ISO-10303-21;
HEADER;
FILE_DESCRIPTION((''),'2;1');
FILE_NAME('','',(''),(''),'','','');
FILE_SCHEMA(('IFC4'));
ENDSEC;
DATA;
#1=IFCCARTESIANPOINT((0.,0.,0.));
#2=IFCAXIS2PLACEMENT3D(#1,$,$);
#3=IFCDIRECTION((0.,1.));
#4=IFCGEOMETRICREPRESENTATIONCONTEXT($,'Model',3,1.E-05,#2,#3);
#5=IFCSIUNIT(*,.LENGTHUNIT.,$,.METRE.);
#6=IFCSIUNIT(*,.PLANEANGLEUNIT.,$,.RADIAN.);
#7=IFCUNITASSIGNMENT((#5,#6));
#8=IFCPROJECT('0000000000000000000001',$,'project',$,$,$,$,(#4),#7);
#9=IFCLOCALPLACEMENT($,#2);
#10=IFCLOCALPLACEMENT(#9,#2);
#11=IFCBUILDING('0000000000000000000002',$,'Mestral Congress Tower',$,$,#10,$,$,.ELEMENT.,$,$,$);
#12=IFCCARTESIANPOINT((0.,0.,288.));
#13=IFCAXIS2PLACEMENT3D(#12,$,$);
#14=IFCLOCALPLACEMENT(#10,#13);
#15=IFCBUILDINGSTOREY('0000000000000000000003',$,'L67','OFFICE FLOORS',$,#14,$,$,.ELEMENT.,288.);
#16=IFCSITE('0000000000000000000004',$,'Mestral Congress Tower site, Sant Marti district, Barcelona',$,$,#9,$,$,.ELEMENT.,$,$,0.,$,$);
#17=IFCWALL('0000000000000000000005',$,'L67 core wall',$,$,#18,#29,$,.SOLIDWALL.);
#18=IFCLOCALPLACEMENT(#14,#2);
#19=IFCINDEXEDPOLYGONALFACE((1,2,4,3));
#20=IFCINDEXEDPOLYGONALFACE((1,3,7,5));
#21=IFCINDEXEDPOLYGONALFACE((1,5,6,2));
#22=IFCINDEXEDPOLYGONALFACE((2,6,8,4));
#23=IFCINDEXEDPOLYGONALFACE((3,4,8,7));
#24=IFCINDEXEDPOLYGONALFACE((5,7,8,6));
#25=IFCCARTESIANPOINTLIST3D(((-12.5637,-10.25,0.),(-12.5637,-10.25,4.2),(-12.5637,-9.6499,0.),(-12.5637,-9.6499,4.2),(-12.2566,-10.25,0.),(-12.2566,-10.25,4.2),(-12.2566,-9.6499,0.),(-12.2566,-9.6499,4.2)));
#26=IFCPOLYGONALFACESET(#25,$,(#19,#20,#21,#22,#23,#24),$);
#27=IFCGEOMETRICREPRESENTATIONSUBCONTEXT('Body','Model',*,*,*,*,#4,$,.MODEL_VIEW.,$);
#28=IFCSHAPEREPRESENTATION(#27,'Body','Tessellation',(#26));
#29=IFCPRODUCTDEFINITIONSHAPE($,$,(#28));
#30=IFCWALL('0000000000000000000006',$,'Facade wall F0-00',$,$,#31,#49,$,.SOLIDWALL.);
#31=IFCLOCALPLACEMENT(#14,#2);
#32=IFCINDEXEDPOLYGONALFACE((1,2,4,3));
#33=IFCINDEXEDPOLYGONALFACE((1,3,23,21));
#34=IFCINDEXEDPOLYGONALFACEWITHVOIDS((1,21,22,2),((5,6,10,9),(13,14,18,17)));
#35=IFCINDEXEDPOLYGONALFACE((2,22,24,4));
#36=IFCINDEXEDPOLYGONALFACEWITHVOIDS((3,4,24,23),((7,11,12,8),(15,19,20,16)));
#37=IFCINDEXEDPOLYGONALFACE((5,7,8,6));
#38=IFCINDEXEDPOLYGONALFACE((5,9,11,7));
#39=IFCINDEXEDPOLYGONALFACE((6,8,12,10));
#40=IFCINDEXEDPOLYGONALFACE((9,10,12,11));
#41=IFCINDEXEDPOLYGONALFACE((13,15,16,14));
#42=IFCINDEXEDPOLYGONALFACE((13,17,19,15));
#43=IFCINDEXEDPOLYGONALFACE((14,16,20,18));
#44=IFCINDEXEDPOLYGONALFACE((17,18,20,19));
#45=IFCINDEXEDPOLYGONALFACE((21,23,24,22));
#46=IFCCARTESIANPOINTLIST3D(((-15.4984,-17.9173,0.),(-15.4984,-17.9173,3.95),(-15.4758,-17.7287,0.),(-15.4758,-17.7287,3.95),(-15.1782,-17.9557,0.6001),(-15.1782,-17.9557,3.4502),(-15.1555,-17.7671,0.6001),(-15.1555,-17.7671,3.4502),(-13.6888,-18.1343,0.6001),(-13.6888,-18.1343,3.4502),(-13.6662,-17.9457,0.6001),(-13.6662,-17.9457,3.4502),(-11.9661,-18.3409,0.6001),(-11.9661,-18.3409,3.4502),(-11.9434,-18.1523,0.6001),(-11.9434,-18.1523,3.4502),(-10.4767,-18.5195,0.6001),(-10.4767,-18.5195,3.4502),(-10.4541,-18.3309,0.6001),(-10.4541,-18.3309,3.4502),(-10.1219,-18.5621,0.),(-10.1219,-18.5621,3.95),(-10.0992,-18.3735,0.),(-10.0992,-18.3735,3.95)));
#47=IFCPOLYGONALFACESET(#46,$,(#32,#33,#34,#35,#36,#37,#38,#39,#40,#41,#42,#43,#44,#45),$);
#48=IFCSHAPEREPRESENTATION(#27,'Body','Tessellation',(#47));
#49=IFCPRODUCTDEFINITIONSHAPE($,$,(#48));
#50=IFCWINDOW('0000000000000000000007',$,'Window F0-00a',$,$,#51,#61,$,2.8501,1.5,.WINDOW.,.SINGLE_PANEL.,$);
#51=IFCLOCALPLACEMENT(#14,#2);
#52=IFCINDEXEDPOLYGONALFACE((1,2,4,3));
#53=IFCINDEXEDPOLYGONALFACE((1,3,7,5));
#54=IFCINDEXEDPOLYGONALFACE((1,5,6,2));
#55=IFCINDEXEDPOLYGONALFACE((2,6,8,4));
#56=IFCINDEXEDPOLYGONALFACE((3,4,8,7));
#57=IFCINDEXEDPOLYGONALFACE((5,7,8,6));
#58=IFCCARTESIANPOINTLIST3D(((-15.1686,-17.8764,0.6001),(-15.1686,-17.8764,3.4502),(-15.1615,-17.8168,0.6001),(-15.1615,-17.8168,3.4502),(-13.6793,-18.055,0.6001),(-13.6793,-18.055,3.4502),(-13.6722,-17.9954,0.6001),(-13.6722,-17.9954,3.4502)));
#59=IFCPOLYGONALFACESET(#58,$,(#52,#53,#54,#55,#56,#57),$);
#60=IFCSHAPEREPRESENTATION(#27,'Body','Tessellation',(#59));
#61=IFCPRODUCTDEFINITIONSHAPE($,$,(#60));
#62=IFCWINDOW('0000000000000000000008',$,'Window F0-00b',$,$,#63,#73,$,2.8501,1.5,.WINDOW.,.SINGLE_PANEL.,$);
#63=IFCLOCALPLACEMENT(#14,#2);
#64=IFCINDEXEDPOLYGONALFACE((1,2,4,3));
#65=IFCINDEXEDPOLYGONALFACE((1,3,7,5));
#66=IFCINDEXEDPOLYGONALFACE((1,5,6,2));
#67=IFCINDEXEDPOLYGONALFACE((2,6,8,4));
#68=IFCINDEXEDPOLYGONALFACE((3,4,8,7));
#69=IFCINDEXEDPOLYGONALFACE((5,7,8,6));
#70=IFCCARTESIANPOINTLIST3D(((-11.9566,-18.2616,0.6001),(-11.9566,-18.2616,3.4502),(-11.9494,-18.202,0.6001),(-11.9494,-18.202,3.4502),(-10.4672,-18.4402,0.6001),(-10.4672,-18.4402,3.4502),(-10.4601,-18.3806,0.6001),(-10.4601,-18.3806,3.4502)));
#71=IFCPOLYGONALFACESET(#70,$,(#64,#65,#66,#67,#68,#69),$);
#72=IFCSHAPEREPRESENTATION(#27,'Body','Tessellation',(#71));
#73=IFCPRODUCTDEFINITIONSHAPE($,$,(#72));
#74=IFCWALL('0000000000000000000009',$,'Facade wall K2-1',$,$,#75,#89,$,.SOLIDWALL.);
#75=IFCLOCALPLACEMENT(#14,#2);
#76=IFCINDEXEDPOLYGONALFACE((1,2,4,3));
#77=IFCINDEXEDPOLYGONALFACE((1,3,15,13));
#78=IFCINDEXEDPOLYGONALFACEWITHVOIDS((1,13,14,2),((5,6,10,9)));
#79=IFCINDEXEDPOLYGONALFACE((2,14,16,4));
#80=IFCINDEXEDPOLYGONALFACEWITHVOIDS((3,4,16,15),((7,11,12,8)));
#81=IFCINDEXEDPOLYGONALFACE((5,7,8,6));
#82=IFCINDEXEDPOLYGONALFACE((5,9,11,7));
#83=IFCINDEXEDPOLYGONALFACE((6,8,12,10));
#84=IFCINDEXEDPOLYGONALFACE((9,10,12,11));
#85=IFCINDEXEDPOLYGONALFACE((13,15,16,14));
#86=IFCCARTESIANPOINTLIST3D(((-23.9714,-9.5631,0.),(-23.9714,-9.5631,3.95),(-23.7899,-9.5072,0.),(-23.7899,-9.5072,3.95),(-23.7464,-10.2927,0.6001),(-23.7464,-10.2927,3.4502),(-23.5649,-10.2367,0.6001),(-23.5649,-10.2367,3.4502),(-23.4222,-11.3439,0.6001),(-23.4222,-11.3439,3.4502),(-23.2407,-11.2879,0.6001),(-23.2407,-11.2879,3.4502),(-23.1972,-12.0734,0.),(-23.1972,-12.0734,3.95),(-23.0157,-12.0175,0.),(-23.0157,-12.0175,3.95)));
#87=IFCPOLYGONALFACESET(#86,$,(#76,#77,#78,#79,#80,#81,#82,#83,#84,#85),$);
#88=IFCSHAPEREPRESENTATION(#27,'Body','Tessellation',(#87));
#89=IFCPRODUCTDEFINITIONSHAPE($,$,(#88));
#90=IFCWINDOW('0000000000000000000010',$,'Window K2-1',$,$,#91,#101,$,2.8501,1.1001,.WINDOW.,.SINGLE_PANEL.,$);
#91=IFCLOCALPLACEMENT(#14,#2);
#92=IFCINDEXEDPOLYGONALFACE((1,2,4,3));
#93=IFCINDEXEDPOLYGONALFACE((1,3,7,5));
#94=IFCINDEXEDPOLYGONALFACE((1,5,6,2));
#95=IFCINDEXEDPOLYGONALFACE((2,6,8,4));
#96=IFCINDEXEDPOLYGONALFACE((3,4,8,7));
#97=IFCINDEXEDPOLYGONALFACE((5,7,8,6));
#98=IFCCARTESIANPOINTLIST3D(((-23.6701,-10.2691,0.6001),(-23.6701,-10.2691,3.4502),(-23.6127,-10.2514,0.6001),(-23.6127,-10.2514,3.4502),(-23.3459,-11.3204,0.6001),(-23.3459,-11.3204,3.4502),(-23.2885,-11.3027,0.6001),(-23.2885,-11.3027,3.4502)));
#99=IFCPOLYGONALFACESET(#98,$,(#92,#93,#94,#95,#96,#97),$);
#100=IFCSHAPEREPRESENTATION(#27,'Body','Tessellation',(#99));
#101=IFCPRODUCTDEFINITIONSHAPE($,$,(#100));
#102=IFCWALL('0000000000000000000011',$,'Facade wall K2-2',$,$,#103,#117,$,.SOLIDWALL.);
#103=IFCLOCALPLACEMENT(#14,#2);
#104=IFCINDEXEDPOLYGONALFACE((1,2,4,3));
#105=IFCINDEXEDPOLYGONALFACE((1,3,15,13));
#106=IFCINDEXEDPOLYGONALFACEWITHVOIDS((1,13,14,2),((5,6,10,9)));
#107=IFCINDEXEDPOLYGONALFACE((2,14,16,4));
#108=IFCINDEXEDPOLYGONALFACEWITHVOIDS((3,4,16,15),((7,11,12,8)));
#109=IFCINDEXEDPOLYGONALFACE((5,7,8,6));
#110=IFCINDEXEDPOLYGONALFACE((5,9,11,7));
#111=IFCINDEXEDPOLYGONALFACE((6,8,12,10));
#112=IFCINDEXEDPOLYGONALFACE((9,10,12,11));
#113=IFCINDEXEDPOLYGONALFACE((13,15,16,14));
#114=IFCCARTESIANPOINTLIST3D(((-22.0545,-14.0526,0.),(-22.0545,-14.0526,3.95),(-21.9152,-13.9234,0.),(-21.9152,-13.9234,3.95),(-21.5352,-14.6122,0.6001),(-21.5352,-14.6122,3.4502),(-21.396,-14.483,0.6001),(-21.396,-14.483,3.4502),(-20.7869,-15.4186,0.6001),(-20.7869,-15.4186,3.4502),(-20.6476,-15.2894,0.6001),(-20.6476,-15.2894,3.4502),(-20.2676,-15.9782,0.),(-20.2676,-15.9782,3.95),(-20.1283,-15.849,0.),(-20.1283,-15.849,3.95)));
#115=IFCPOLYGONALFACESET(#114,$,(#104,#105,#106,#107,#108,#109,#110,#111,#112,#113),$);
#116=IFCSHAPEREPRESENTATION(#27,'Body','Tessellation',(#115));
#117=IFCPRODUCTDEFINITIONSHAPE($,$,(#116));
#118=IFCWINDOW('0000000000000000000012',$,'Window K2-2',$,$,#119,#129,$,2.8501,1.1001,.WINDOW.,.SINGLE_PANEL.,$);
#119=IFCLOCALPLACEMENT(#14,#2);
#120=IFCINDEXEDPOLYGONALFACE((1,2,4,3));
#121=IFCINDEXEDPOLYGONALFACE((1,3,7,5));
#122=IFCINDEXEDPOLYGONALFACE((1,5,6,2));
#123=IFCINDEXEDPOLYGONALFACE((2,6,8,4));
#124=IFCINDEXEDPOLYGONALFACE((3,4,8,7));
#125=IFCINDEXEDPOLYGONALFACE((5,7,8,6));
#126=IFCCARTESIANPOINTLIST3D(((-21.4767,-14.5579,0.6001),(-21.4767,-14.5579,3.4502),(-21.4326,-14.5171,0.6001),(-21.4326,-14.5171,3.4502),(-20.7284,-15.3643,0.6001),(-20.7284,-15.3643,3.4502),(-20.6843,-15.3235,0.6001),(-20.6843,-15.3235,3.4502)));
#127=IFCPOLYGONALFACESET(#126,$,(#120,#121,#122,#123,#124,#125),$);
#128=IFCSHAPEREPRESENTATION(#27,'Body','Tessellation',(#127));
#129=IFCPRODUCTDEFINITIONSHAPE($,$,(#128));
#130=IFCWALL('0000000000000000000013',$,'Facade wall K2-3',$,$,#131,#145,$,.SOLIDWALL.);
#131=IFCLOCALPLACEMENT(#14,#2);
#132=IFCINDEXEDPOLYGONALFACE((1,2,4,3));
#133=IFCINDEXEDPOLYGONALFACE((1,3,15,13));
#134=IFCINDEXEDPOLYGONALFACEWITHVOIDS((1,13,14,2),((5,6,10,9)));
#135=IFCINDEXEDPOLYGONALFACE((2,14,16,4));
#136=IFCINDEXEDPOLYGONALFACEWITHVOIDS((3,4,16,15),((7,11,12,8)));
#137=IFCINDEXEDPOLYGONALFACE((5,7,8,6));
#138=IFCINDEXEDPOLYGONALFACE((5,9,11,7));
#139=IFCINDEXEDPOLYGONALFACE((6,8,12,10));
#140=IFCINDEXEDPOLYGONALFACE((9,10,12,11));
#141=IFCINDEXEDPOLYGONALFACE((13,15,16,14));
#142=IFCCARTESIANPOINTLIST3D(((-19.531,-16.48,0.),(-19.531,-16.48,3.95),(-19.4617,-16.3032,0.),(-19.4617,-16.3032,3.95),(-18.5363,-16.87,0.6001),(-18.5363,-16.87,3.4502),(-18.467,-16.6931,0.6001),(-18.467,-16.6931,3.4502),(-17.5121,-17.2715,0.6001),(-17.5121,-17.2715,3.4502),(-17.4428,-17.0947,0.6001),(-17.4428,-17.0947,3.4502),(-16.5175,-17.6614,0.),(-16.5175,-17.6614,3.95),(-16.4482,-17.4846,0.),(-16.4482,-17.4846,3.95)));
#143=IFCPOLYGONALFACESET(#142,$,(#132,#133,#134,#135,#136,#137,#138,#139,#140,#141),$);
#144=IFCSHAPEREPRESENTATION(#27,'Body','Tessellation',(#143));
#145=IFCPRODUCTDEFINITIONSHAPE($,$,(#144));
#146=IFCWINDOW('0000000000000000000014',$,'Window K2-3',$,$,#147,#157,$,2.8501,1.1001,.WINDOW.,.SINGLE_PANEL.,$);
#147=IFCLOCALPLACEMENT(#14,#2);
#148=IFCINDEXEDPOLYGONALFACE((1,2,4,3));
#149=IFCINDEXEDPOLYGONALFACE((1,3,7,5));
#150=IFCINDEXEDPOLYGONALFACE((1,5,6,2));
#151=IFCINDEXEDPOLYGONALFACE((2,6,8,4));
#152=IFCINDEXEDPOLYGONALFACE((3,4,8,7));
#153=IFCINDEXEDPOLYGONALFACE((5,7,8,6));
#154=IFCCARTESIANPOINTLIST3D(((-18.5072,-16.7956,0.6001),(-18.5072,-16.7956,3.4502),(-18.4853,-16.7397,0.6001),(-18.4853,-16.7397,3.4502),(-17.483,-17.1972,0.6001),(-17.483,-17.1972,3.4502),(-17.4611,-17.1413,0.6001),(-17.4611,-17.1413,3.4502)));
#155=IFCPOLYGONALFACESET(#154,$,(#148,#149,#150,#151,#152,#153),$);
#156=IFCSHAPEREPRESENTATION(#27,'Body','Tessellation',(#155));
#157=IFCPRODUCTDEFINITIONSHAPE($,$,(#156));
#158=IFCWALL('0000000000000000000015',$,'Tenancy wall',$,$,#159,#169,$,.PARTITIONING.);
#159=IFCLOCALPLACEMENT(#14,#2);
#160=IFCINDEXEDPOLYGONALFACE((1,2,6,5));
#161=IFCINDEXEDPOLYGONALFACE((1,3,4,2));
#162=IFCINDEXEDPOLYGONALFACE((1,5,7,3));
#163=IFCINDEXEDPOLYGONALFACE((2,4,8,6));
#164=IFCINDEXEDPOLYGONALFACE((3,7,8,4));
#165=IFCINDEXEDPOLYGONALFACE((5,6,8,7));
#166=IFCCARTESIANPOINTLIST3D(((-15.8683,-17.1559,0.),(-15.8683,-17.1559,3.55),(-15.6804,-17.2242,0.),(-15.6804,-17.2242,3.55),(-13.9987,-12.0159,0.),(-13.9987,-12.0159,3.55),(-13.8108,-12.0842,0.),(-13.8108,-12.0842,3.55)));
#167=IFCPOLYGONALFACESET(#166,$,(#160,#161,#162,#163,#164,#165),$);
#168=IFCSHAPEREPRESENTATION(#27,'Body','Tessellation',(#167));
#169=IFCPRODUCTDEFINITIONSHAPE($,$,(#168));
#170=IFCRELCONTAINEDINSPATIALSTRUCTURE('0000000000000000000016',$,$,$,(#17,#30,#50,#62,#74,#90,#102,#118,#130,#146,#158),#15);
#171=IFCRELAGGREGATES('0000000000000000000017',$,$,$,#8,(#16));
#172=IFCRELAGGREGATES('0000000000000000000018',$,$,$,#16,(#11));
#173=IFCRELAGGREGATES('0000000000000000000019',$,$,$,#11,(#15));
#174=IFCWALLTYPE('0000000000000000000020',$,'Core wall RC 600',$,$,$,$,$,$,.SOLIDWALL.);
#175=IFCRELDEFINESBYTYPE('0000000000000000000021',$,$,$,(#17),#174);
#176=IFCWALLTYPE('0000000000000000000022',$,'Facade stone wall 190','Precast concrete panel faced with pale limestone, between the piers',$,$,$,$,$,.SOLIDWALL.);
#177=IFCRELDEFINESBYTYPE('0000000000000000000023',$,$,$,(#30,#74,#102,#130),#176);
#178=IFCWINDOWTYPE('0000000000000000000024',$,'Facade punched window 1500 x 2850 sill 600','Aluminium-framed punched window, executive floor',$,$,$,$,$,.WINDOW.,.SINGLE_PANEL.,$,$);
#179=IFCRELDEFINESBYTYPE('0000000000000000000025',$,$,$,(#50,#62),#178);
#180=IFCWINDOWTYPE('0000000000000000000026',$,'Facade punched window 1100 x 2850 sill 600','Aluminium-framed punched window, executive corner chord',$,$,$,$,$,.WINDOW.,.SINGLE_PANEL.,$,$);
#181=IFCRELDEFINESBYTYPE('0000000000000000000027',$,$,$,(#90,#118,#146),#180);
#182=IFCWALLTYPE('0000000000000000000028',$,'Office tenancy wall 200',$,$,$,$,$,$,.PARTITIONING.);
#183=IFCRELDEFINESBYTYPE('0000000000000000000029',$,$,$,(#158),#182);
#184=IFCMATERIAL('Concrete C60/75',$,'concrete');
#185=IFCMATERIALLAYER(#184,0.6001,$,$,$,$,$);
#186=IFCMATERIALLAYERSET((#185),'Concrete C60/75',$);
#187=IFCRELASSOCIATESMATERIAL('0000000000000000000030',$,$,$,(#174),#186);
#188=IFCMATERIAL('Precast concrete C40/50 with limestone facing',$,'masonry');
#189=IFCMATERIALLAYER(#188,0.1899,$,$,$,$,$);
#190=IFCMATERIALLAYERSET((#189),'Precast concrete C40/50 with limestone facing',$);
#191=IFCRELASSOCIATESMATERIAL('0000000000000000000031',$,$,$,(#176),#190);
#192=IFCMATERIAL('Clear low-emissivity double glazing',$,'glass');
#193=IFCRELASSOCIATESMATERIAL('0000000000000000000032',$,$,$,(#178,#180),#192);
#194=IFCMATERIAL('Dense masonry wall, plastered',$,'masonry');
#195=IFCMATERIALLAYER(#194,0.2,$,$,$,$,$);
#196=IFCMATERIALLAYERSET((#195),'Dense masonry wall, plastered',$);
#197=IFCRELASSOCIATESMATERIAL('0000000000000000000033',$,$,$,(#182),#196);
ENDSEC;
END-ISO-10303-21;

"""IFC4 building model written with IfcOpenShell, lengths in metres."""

from ifc_helpers import new_model, si_unit, direction, frame, frame_2d, origin, place, context, subcontext, project, spatial, rectangle, extrude, material, layer, layer_set, type_object, element, fill, save


model = new_model("IFC4")

# Units and contexts
model_context = context("Model", 3, precision=1e-05, world=origin(), true_north=direction((0.0, 1.0)))
body_context = subcontext(model_context, "Body", "Model", "MODEL_VIEW")
ifc_project = project(units=[si_unit("LENGTHUNIT", "METRE"), si_unit("PLANEANGLEUNIT", "RADIAN")], contexts=[model_context])

# Site, building, storey
site_placement = place(None, origin())
site = spatial("IfcSite", under=ifc_project, at=site_placement, Name="Mestral Congress Tower site, Sant Marti district, Barcelona", CompositionType="ELEMENT", RefElevation=0.0)
building_placement = place(site_placement, origin())
building = spatial("IfcBuilding", under=site, at=building_placement, Name="Mestral Congress Tower", CompositionType="ELEMENT")
storey_placement = place(building_placement, frame((0.0, 0.0, 288.0)))
storey = spatial("IfcBuildingStorey", under=building, at=storey_placement, Name="L67", Description="OFFICE FLOORS", CompositionType="ELEMENT", Elevation=288.0)

# Shared definitions
ifc_material_1 = material(Name="Concrete C60/75", Category="concrete")

# Wall
ifc_layer_1 = layer(ifc_material_1, 0.6001)
ifc_layer_set_1 = layer_set([ifc_layer_1], Name="Concrete C60/75")
wall_type_1 = type_object("IfcWallType", Name="Core wall RC 600", PredefinedType="SOLIDWALL", material=ifc_layer_set_1)
wall_1_placement = place(storey_placement, frame((-12.2566, -9.95, 0.0), z_axis=(0.0, 0.0, 1.0), x_axis=(-1.0, 0.0, 0.0)))
element("IfcWall", 1, at=wall_1_placement, inside=storey, type_object=wall_type_1, Name="L67 core wall", PredefinedType="SOLIDWALL", context=body_context, shape_type="SweptSolid", body=[
    extrude(rectangle(XDim=0.3071, YDim=0.6001, at=frame_2d((0.1536, 0.0))), origin(), (0.0, 0.0, 1.0), 4.2),
])

# Wall, openings, windows
ifc_material_2 = material(Name="Precast concrete C40/50 with limestone facing", Category="masonry")
ifc_layer_2 = layer(ifc_material_2, 0.1899)
ifc_layer_set_2 = layer_set([ifc_layer_2], Name="Precast concrete C40/50 with limestone facing")
wall_type_2 = type_object("IfcWallType", Name="Facade stone wall 190", Description="Precast concrete panel faced with pale limestone, between the piers", PredefinedType="SOLIDWALL", material=ifc_layer_set_2)
wall_2_placement = place(storey_placement, frame((-15.4871, -17.823, 0.0), z_axis=(0.0, 0.0, 1.0), x_axis=(0.992886, -0.119072, 0.0)))
wall_2 = element("IfcWall", 2, at=wall_2_placement, inside=storey, type_object=wall_type_2, Name="Facade wall F0-00", PredefinedType="SOLIDWALL", context=body_context, shape_type="SweptSolid", body=[
    extrude(rectangle(XDim=5.415, YDim=0.1899, at=frame_2d((2.7075, 0.0))), origin(), (0.0, 0.0, 1.0), 3.95),
])
opening_1_placement = place(wall_2_placement, frame((0.3225, 0.0, 0.6001)))
opening_1 = element("IfcOpeningElement", 3, at=opening_1_placement, cuts=wall_2, PredefinedType="OPENING", context=body_context, shape_type="SweptSolid", body=[
    extrude(rectangle(XDim=1.5, YDim=2.8501, at=frame_2d((0.75, 1.425))), frame((0.0, 0.105, 0.0), z_axis=(0.0, -1.0, 0.0), x_axis=(1.0, 0.0, 0.0)), (0.0, 0.0, 1.0), 0.21),
])
opening_2_placement = place(wall_2_placement, frame((3.5576, 0.0, 0.6001)))
opening_2 = element("IfcOpeningElement", 4, at=opening_2_placement, cuts=wall_2, PredefinedType="OPENING", context=body_context, shape_type="SweptSolid", body=[
    extrude(rectangle(XDim=1.5, YDim=2.8501, at=frame_2d((0.75, 1.425))), frame((0.0, 0.105, 0.0), z_axis=(0.0, -1.0, 0.0), x_axis=(1.0, 0.0, 0.0)), (0.0, 0.0, 1.0), 0.21),
])
ifc_material_3 = material(Name="Clear low-emissivity double glazing", Category="glass")
window_type_1 = type_object("IfcWindowType", Name="Facade punched window 1500 x 2850 sill 600", Description="Aluminium-framed punched window, executive floor", PartitioningType="SINGLE_PANEL", PredefinedType="WINDOW", material=ifc_material_3)
window_1_placement = place(opening_1_placement, origin())
window_1 = element("IfcWindow", 5, at=window_1_placement, inside=storey, type_object=window_type_1, Name="Window F0-00a", OverallHeight=2.8501, OverallWidth=1.5, PartitioningType="SINGLE_PANEL", PredefinedType="WINDOW", context=body_context, shape_type="SweptSolid", body=[
    extrude(rectangle(XDim=1.5, YDim=2.8501, at=frame_2d((0.75, 1.425))), frame((0.0, 0.0449, 0.0), z_axis=(0.0, -1.0, 0.0), x_axis=(1.0, 0.0, 0.0)), (0.0, 0.0, 1.0), 0.0601),
])
fill(opening_1, window_1)
window_2_placement = place(opening_2_placement, origin())
window_2 = element("IfcWindow", 6, at=window_2_placement, inside=storey, type_object=window_type_1, Name="Window F0-00b", OverallHeight=2.8501, OverallWidth=1.5, PartitioningType="SINGLE_PANEL", PredefinedType="WINDOW", context=body_context, shape_type="SweptSolid", body=[
    extrude(rectangle(XDim=1.5, YDim=2.8501, at=frame_2d((0.75, 1.425))), frame((0.0, 0.0449, 0.0), z_axis=(0.0, -1.0, 0.0), x_axis=(1.0, 0.0, 0.0)), (0.0, 0.0, 1.0), 0.0601),
])
fill(opening_2, window_2)

# Walls, openings, windows
wall_3_placement = place(storey_placement, frame((-23.8806, -9.5352, 0.0), z_axis=(0.0, 0.0, 1.0), x_axis=(0.294706, -0.955588, 0.0)))
wall_3 = element("IfcWall", 7, at=wall_3_placement, inside=storey, type_object=wall_type_2, Name="Facade wall K2-1", PredefinedType="SOLIDWALL", context=body_context, shape_type="SweptSolid", body=[
    extrude(rectangle(XDim=2.627, YDim=0.1899, at=frame_2d((1.3135, 0.0))), origin(), (0.0, 0.0, 1.0), 3.95),
])
opening_3_placement = place(wall_3_placement, frame((0.7634, 0.0, 0.6001)))
opening_3 = element("IfcOpeningElement", 8, at=opening_3_placement, cuts=wall_3, PredefinedType="OPENING", context=body_context, shape_type="SweptSolid", body=[
    extrude(rectangle(XDim=1.1001, YDim=2.8501, at=frame_2d((0.55, 1.425))), frame((0.0, 0.105, 0.0), z_axis=(0.0, -1.0, 0.0), x_axis=(1.0, 0.0, 0.0)), (0.0, 0.0, 1.0), 0.21),
])
window_type_2 = type_object("IfcWindowType", Name="Facade punched window 1100 x 2850 sill 600", Description="Aluminium-framed punched window, executive corner chord", PartitioningType="SINGLE_PANEL", PredefinedType="WINDOW", material=ifc_material_3)
window_3_placement = place(opening_3_placement, origin())
window_3 = element("IfcWindow", 9, at=window_3_placement, inside=storey, type_object=window_type_2, Name="Window K2-1", OverallHeight=2.8501, OverallWidth=1.1001, PartitioningType="SINGLE_PANEL", PredefinedType="WINDOW", context=body_context, shape_type="SweptSolid", body=[
    extrude(rectangle(XDim=1.1001, YDim=2.8501, at=frame_2d((0.55, 1.425))), frame((0.0, 0.0449, 0.0), z_axis=(0.0, -1.0, 0.0), x_axis=(1.0, 0.0, 0.0)), (0.0, 0.0, 1.0), 0.0601),
])
fill(opening_3, window_3)
wall_4_placement = place(storey_placement, frame((-21.9849, -13.988, 0.0), z_axis=(0.0, 0.0, 1.0), x_axis=(0.680219, -0.733009, 0.0)))
wall_4 = element("IfcWall", 10, at=wall_4_placement, inside=storey, type_object=wall_type_2, Name="Facade wall K2-2", PredefinedType="SOLIDWALL", context=body_context, shape_type="SweptSolid", body=[
    extrude(rectangle(XDim=2.627, YDim=0.1899, at=frame_2d((1.3135, 0.0))), origin(), (0.0, 0.0, 1.0), 3.95),
])
opening_4_placement = place(wall_4_placement, frame((0.7634, 0.0, 0.6001)))
opening_4 = element("IfcOpeningElement", 11, at=opening_4_placement, cuts=wall_4, PredefinedType="OPENING", context=body_context, shape_type="SweptSolid", body=[
    extrude(rectangle(XDim=1.1001, YDim=2.8501, at=frame_2d((0.55, 1.425))), frame((0.0, 0.105, 0.0), z_axis=(0.0, -1.0, 0.0), x_axis=(1.0, 0.0, 0.0)), (0.0, 0.0, 1.0), 0.21),
])
window_4_placement = place(opening_4_placement, origin())
window_4 = element("IfcWindow", 12, at=window_4_placement, inside=storey, type_object=window_type_2, Name="Window K2-2", OverallHeight=2.8501, OverallWidth=1.1001, PartitioningType="SINGLE_PANEL", PredefinedType="WINDOW", context=body_context, shape_type="SweptSolid", body=[
    extrude(rectangle(XDim=1.1001, YDim=2.8501, at=frame_2d((0.55, 1.425))), frame((0.0, 0.0449, 0.0), z_axis=(0.0, -1.0, 0.0), x_axis=(1.0, 0.0, 0.0)), (0.0, 0.0, 1.0), 0.0601),
])
fill(opening_4, window_4)
wall_5_placement = place(storey_placement, frame((-19.4963, -16.3916, 0.0), z_axis=(0.0, 0.0, 1.0), x_axis=(0.931009, -0.364997, 0.0)))
wall_5 = element("IfcWall", 13, at=wall_5_placement, inside=storey, type_object=wall_type_2, Name="Facade wall K2-3", PredefinedType="SOLIDWALL", context=body_context, shape_type="SweptSolid", body=[
    extrude(rectangle(XDim=3.2368, YDim=0.1899, at=frame_2d((1.6184, 0.0))), origin(), (0.0, 0.0, 1.0), 3.95),
])
opening_5_placement = place(wall_5_placement, frame((1.0684, 0.0, 0.6001)))
opening_5 = element("IfcOpeningElement", 14, at=opening_5_placement, cuts=wall_5, PredefinedType="OPENING", context=body_context, shape_type="SweptSolid", body=[
    extrude(rectangle(XDim=1.1001, YDim=2.8501, at=frame_2d((0.55, 1.425))), frame((0.0, 0.105, 0.0), z_axis=(0.0, -1.0, 0.0), x_axis=(1.0, 0.0, 0.0)), (0.0, 0.0, 1.0), 0.21),
])
window_5_placement = place(opening_5_placement, origin())
window_5 = element("IfcWindow", 15, at=window_5_placement, inside=storey, type_object=window_type_2, Name="Window K2-3", OverallHeight=2.8501, OverallWidth=1.1001, PartitioningType="SINGLE_PANEL", PredefinedType="WINDOW", context=body_context, shape_type="SweptSolid", body=[
    extrude(rectangle(XDim=1.1001, YDim=2.8501, at=frame_2d((0.55, 1.425))), frame((0.0, 0.0449, 0.0), z_axis=(0.0, -1.0, 0.0), x_axis=(1.0, 0.0, 0.0)), (0.0, 0.0, 1.0), 0.0601),
])
fill(opening_5, window_5)

# Wall
ifc_material_4 = material(Name="Dense masonry wall, plastered", Category="masonry")
ifc_layer_3 = layer(ifc_material_4, 0.2)
ifc_layer_set_3 = layer_set([ifc_layer_3], Name="Dense masonry wall, plastered")
wall_type_3 = type_object("IfcWallType", Name="Office tenancy wall 200", PredefinedType="PARTITIONING", material=ifc_layer_set_3)
wall_6_placement = place(storey_placement, frame((-15.7744, -17.1902, 0.0), z_axis=(0.0, 0.0, 1.0), x_axis=(0.341822, 0.939765, 0.0)))
element("IfcWall", 16, at=wall_6_placement, inside=storey, type_object=wall_type_3, Name="Tenancy wall", PredefinedType="PARTITIONING", context=body_context, shape_type="SweptSolid", body=[
    extrude(rectangle(XDim=5.4695, YDim=0.2, at=frame_2d((2.7349, 0.0))), origin(), (0.0, 0.0, 1.0), 3.55),
])

save(model, "model.ifc")
